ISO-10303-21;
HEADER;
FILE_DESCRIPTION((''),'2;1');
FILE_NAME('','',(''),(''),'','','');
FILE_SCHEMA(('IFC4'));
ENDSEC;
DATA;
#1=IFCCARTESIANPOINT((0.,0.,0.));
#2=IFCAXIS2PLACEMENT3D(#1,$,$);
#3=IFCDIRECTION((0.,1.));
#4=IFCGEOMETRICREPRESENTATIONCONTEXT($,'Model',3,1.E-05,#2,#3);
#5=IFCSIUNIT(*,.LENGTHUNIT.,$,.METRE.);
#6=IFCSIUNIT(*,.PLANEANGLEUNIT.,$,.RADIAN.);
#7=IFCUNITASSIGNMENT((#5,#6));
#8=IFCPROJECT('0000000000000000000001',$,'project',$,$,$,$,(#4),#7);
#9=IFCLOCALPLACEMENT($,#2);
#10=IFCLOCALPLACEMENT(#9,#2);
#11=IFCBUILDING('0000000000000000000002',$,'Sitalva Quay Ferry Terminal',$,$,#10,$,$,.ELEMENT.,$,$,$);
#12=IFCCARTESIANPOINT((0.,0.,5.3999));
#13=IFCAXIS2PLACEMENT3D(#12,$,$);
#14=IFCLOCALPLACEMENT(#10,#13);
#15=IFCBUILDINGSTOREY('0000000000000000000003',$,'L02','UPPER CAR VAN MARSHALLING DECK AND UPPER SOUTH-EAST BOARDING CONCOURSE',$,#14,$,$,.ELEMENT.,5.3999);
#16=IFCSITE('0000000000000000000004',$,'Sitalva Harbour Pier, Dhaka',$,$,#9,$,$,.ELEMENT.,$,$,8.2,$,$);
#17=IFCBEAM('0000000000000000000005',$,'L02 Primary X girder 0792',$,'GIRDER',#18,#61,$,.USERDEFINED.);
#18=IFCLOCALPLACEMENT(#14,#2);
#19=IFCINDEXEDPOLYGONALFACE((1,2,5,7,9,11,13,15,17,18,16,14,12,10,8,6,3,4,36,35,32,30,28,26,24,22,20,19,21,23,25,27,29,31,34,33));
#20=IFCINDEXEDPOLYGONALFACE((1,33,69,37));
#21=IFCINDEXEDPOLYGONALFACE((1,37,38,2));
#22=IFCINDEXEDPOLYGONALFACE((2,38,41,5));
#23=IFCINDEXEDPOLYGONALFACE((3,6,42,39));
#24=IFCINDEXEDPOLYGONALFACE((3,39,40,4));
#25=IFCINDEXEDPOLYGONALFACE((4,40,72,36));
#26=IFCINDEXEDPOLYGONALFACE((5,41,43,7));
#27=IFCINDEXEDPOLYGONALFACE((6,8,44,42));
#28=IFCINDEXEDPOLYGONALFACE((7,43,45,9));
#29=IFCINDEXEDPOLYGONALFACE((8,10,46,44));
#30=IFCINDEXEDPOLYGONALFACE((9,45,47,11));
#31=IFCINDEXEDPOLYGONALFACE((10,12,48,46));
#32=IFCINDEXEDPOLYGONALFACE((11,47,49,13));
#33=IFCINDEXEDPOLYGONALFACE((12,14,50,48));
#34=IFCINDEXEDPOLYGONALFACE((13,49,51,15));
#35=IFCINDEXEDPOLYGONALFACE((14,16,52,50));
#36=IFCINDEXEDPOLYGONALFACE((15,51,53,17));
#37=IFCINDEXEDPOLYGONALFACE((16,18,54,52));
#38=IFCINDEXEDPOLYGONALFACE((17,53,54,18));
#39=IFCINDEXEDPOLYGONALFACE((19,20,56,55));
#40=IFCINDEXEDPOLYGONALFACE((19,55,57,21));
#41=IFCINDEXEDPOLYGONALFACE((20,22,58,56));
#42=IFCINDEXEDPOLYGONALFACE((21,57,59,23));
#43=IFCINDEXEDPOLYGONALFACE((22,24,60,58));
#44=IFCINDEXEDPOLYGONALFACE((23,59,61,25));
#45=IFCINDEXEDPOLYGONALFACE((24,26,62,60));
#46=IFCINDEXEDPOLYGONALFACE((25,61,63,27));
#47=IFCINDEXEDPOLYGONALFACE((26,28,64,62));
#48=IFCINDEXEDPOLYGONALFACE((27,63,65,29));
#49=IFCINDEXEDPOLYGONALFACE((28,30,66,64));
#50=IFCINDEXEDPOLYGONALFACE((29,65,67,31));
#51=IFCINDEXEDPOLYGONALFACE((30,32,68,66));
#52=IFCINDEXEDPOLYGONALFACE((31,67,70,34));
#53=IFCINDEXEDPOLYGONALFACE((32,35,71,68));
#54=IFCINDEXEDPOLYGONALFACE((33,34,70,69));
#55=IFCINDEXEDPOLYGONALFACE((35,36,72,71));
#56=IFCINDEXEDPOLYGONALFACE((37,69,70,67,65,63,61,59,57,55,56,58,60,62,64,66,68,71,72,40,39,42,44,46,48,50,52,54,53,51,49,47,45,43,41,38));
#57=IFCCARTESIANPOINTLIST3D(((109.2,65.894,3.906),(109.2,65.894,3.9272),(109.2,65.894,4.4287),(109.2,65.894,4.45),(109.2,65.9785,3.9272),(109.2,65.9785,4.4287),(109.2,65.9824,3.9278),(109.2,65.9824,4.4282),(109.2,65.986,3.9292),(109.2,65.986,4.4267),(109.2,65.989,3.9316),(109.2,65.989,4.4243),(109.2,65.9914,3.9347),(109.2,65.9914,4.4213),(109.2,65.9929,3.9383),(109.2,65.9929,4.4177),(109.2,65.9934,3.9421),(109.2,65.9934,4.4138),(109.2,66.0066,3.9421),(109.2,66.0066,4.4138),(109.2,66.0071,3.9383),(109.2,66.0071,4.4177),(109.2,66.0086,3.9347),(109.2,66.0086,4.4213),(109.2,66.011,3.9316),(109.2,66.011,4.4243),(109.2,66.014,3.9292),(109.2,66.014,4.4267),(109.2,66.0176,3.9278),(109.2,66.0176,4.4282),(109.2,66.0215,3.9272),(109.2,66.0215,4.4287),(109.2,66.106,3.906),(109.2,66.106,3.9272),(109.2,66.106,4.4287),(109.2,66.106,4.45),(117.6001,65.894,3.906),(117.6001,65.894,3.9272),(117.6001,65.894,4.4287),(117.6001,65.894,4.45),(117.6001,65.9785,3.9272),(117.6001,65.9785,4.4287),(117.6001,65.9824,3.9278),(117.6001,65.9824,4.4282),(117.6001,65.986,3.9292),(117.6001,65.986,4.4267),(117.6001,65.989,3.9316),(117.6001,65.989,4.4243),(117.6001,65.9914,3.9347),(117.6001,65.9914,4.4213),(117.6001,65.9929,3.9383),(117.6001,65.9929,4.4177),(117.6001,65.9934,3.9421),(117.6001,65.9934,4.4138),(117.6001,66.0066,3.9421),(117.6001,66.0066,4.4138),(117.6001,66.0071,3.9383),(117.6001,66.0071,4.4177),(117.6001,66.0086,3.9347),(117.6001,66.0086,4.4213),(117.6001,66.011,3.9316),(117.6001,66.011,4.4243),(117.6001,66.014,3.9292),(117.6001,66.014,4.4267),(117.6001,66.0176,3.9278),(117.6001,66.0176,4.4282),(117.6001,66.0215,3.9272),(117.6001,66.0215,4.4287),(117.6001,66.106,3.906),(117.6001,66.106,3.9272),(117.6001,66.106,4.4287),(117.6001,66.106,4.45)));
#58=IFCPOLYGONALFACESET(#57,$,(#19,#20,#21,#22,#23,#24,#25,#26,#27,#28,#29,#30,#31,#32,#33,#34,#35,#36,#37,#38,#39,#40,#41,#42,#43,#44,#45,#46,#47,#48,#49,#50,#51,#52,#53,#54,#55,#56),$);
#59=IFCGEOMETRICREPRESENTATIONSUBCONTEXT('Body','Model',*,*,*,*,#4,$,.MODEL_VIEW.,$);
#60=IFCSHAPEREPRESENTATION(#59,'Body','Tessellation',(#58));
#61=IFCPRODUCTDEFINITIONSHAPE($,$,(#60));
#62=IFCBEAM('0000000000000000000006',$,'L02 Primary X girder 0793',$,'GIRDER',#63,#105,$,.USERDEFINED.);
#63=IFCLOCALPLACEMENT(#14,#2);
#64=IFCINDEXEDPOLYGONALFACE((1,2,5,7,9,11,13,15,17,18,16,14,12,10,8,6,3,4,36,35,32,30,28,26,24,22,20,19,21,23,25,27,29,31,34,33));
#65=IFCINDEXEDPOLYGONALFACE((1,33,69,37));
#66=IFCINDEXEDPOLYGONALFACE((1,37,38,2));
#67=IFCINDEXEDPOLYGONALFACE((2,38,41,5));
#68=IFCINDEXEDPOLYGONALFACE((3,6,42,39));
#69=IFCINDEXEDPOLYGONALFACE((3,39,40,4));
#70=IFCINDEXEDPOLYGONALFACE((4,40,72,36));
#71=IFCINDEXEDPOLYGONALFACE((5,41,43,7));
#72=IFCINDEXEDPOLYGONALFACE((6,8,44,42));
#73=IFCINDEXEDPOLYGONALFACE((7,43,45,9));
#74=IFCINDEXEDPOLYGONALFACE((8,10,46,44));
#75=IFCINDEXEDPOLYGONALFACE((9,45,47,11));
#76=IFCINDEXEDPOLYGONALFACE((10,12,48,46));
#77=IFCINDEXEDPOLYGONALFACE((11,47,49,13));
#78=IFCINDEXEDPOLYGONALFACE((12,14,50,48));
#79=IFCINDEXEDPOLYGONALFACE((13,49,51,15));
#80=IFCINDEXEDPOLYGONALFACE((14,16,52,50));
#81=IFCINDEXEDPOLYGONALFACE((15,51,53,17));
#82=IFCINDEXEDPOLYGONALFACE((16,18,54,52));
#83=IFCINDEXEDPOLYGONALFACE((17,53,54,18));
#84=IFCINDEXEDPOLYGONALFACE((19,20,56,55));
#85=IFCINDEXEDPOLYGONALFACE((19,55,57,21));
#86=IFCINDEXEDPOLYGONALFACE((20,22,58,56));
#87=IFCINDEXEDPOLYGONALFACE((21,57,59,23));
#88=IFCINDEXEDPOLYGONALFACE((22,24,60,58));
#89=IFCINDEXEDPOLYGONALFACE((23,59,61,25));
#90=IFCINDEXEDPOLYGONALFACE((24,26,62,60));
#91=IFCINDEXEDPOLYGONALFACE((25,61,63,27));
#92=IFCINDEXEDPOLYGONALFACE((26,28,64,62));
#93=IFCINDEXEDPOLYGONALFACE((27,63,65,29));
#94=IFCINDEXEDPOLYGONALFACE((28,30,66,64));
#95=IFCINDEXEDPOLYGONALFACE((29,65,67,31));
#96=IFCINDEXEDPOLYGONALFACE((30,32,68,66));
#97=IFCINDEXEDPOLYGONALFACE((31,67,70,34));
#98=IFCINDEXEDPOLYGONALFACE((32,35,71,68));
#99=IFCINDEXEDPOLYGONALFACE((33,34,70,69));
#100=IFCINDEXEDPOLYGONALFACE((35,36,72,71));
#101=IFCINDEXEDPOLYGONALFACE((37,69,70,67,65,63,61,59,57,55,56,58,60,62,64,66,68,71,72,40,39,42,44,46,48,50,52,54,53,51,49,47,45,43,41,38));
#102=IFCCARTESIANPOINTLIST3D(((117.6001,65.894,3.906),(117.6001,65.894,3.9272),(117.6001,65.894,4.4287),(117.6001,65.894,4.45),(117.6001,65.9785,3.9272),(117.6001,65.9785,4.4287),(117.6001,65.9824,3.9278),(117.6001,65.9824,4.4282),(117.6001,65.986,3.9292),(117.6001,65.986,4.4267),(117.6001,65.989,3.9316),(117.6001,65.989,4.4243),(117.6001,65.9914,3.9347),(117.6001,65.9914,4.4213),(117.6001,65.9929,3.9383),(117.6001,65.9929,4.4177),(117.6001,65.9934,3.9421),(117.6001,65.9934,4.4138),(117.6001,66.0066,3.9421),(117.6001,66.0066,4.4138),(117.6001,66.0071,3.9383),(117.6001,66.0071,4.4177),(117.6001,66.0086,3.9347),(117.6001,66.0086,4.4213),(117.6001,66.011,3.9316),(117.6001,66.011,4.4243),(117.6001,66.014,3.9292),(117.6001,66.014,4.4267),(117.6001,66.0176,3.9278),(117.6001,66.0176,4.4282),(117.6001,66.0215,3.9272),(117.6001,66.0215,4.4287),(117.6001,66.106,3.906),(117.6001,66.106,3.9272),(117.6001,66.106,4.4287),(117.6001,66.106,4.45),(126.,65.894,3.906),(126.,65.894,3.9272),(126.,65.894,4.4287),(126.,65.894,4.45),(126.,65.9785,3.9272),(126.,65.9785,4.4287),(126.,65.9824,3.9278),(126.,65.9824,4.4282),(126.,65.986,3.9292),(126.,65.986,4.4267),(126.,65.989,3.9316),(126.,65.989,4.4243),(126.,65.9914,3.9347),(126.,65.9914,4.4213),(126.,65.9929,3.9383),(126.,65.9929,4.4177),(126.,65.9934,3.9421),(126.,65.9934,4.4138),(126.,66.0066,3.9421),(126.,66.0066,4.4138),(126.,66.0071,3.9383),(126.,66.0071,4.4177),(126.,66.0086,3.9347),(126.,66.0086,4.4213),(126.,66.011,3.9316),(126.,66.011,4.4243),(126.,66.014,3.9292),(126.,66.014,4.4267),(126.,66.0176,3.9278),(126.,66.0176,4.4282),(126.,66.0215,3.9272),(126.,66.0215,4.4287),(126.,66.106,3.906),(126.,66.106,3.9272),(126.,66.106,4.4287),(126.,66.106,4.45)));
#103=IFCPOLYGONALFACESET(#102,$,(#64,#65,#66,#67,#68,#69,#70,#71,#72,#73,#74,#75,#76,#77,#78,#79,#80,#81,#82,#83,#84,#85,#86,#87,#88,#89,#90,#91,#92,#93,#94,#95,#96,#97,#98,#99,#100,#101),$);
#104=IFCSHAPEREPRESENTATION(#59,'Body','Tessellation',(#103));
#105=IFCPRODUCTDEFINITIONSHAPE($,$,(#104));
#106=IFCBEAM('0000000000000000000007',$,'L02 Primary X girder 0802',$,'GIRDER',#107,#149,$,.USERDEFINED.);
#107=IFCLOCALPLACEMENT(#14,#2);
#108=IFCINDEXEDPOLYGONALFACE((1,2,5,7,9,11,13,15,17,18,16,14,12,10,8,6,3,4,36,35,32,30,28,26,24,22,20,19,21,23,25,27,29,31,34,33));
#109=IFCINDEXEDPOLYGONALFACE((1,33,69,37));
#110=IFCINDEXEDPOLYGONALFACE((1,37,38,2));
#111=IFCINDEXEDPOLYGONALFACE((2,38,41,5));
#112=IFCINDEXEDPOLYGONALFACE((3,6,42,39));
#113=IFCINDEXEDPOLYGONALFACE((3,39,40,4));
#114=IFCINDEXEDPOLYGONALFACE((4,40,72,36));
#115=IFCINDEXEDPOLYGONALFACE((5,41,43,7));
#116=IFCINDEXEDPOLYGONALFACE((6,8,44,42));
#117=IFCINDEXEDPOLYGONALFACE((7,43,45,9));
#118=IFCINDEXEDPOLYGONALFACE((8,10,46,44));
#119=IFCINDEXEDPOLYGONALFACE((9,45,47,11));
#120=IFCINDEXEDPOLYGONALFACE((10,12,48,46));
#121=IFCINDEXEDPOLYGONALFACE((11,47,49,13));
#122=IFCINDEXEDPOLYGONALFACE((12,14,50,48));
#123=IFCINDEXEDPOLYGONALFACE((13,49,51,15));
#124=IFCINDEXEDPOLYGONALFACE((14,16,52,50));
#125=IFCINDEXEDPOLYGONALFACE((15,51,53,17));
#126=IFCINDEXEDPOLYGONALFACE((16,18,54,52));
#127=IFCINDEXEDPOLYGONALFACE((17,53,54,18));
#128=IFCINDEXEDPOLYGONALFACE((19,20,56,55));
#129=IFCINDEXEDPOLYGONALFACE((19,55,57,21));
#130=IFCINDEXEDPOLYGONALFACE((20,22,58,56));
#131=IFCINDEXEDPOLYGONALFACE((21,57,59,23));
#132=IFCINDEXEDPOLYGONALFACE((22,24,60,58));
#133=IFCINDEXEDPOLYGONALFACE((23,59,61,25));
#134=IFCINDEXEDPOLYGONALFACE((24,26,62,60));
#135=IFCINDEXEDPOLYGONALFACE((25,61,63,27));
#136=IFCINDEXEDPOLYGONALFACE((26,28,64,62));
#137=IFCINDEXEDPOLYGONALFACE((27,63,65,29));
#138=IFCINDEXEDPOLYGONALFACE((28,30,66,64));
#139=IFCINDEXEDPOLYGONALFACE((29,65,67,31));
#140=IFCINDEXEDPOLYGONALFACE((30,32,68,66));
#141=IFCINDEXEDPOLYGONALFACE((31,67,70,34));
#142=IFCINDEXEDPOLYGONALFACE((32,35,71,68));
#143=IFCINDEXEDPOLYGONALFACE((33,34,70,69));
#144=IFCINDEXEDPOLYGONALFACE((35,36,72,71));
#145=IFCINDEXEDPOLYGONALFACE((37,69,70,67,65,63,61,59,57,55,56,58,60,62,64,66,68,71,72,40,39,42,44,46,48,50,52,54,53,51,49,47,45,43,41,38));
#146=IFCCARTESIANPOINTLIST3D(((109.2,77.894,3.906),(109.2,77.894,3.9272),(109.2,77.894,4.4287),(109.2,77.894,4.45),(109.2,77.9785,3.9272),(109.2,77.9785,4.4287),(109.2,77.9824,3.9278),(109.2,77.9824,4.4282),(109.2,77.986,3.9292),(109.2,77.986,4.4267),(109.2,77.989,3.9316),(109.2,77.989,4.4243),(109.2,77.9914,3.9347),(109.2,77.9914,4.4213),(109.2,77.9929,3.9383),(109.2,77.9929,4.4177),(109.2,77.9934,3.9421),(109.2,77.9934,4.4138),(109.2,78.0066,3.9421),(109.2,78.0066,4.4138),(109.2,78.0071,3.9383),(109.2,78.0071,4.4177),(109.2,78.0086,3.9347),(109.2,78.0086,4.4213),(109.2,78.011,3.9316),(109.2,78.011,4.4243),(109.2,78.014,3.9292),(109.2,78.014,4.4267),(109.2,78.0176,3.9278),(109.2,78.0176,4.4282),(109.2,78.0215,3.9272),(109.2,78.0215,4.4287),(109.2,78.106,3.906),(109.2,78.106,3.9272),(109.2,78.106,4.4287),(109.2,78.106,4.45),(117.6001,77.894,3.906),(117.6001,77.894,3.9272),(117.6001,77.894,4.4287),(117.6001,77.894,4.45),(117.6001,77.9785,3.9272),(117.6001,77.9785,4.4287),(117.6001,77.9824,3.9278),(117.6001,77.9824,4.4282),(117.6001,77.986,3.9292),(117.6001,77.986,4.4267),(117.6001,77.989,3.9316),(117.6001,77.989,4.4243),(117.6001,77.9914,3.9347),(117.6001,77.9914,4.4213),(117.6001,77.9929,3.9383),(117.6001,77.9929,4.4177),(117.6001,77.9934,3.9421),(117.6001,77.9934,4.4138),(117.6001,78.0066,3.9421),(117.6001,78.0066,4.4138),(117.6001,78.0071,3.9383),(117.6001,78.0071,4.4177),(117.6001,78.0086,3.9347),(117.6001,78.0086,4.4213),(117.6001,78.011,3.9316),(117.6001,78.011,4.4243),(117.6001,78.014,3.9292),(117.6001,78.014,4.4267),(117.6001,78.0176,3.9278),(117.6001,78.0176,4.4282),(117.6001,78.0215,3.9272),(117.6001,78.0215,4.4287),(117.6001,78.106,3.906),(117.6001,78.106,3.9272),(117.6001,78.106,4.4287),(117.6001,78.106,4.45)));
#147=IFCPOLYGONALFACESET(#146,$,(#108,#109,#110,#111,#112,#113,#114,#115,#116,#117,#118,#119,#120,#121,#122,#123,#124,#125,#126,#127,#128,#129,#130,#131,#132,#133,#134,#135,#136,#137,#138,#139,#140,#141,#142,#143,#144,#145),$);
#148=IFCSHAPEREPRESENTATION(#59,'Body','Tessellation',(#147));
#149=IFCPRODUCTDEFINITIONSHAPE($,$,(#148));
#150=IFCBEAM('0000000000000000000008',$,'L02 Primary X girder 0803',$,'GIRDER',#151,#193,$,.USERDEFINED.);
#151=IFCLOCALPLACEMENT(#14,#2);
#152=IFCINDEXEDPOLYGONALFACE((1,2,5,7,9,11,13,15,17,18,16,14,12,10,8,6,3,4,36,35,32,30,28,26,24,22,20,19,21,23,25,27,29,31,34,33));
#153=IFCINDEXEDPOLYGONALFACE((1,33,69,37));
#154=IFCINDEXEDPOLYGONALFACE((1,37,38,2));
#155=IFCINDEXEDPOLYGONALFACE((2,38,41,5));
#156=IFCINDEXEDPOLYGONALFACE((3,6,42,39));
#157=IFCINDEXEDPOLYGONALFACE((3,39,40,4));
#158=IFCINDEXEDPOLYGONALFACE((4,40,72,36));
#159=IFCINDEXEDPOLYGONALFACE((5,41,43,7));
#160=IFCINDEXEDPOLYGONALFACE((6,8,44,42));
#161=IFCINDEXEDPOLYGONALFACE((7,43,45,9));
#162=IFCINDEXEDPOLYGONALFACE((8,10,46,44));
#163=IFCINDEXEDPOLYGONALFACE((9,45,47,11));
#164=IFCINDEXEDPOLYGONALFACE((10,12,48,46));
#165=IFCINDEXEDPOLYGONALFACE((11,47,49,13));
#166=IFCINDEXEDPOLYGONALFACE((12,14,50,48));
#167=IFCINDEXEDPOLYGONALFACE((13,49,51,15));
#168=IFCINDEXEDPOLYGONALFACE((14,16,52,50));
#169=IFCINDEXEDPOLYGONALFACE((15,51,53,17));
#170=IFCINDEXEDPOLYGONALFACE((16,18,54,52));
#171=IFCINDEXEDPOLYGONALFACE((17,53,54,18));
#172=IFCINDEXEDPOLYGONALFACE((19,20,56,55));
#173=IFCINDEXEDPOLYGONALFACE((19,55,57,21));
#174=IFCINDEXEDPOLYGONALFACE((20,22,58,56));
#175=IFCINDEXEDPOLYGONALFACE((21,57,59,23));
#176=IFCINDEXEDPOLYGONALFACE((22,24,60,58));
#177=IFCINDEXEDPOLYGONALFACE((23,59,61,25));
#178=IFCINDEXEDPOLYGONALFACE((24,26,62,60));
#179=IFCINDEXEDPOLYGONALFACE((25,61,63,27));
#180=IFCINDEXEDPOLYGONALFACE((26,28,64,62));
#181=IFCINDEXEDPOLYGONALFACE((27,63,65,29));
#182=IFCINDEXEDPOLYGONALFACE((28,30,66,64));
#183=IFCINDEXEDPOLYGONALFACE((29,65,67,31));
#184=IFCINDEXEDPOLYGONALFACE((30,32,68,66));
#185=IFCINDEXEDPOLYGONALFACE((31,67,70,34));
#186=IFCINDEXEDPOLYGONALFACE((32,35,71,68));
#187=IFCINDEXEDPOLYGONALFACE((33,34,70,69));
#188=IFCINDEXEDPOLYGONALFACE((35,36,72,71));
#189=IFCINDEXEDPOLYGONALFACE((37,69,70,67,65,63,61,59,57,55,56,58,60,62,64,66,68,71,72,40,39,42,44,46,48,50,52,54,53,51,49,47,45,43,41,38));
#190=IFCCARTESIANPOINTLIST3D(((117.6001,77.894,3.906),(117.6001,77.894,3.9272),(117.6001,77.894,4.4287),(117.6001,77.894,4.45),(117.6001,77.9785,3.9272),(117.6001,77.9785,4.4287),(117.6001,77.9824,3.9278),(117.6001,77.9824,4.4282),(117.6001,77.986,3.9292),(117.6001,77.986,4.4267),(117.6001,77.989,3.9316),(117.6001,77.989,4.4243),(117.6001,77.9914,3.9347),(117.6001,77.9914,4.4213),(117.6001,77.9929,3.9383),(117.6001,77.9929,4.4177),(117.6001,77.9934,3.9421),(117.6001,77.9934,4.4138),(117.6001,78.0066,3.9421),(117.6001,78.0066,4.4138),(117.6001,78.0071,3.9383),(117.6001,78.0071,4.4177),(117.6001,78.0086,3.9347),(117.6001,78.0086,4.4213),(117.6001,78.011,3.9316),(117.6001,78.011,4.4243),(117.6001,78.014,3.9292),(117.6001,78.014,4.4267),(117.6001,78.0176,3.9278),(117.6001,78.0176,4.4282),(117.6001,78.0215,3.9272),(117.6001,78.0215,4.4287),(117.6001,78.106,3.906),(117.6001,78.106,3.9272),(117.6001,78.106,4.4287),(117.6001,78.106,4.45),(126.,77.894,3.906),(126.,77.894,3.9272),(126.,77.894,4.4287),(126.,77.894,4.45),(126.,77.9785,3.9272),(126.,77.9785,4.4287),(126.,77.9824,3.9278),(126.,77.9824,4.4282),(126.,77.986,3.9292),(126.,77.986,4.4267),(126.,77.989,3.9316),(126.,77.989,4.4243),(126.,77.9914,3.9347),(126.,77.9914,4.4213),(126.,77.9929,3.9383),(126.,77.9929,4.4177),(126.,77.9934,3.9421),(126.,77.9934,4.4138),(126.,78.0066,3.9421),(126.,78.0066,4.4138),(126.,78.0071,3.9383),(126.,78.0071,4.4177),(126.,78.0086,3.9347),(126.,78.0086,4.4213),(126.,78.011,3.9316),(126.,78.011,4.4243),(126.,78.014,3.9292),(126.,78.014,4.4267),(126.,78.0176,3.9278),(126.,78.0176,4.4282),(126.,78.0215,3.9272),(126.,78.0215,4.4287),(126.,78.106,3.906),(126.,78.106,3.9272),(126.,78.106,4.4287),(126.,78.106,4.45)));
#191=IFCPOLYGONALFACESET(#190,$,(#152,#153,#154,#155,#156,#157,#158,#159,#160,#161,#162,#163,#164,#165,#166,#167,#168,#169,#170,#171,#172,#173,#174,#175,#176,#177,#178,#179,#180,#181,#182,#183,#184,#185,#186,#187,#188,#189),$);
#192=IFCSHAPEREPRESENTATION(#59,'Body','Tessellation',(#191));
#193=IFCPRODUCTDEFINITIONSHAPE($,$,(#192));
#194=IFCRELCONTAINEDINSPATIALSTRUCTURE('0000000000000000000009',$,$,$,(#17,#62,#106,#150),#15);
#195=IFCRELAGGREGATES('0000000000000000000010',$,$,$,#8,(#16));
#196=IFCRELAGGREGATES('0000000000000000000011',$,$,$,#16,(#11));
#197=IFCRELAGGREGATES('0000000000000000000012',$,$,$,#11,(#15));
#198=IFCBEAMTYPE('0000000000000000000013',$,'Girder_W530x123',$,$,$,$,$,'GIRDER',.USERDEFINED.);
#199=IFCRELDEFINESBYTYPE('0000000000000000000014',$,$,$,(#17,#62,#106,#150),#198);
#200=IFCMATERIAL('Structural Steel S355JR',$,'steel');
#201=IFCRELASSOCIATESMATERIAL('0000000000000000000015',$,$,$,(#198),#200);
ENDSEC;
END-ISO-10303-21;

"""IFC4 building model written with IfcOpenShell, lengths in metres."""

from ifc_helpers import new_model, si_unit, direction, frame, origin, origin_2d, place, context, subcontext, project, spatial, i_section, extrude, material, material_profile, profile_set, type_object, element, save


model = new_model("IFC4")

# Units and contexts
model_context = context("Model", 3, precision=1e-05, world=origin(), true_north=direction((0.0, 1.0)))
body_context = subcontext(model_context, "Body", "Model", "MODEL_VIEW")
ifc_project = project(units=[si_unit("LENGTHUNIT", "METRE"), si_unit("PLANEANGLEUNIT", "RADIAN")], contexts=[model_context])

# Site, building, storey
site_placement = place(None, origin())
site = spatial("IfcSite", under=ifc_project, at=site_placement, Name="Sitalva Harbour Pier, Dhaka", CompositionType="ELEMENT", RefElevation=8.2)
building_placement = place(site_placement, origin())
building = spatial("IfcBuilding", under=site, at=building_placement, Name="Sitalva Quay Ferry Terminal", CompositionType="ELEMENT")
storey_placement = place(building_placement, frame((0.0, 0.0, 5.3999)))
storey = spatial("IfcBuildingStorey", under=building, at=storey_placement, Name="L02", Description="UPPER CAR VAN MARSHALLING DECK AND UPPER SOUTH-EAST BOARDING CONCOURSE", CompositionType="ELEMENT", Elevation=5.3999)

# Beams
ifc_material_1 = material(Name="Structural Steel S355JR", Category="steel")
ifc_material_profile_1 = material_profile(ifc_material_1, i_section(OverallWidth=0.2119, OverallDepth=0.5439, WebThickness=0.0132, FlangeThickness=0.0212, FilletRadius=0.0149, at=origin_2d()), Name="W530x123")
ifc_profile_set_1 = profile_set([ifc_material_profile_1], Name="Structural Steel S355JR")
beam_type_1 = type_object("IfcBeamType", Name="Girder_W530x123", ElementType="GIRDER", PredefinedType="USERDEFINED", material=ifc_profile_set_1)
beam_1_placement = place(storey_placement, frame((109.2, 66.0, 4.178), z_axis=(1.0, 0.0, 0.0), x_axis=(0.0, 1.0, 0.0)))
element("IfcBeam", 1, at=beam_1_placement, inside=storey, type_object=beam_type_1, Name="L02 Primary X girder 0792", ObjectType="GIRDER", PredefinedType="USERDEFINED", context=body_context, shape_type="SweptSolid", body=[
    extrude(i_section(OverallWidth=0.2119, OverallDepth=0.5439, WebThickness=0.0132, FlangeThickness=0.0212, FilletRadius=0.0149, at=origin_2d()), origin(), (0.0, 0.0, 1.0), 8.4001),
])
beam_2_placement = place(storey_placement, frame((117.6001, 66.0, 4.178), z_axis=(1.0, 0.0, 0.0), x_axis=(0.0, 1.0, 0.0)))
element("IfcBeam", 2, at=beam_2_placement, inside=storey, type_object=beam_type_1, Name="L02 Primary X girder 0793", ObjectType="GIRDER", PredefinedType="USERDEFINED", context=body_context, shape_type="SweptSolid", body=[
    extrude(i_section(OverallWidth=0.2119, OverallDepth=0.5439, WebThickness=0.0132, FlangeThickness=0.0212, FilletRadius=0.0149, at=origin_2d()), origin(), (0.0, 0.0, 1.0), 8.3999),
])
beam_3_placement = place(storey_placement, frame((109.2, 78.0, 4.178), z_axis=(1.0, 0.0, 0.0), x_axis=(0.0, 1.0, 0.0)))
element("IfcBeam", 3, at=beam_3_placement, inside=storey, type_object=beam_type_1, Name="L02 Primary X girder 0802", ObjectType="GIRDER", PredefinedType="USERDEFINED", context=body_context, shape_type="SweptSolid", body=[
    extrude(i_section(OverallWidth=0.2119, OverallDepth=0.5439, WebThickness=0.0132, FlangeThickness=0.0212, FilletRadius=0.0149, at=origin_2d()), origin(), (0.0, 0.0, 1.0), 8.4001),
])
beam_4_placement = place(storey_placement, frame((117.6001, 78.0, 4.178), z_axis=(1.0, 0.0, 0.0), x_axis=(0.0, 1.0, 0.0)))
element("IfcBeam", 4, at=beam_4_placement, inside=storey, type_object=beam_type_1, Name="L02 Primary X girder 0803", ObjectType="GIRDER", PredefinedType="USERDEFINED", context=body_context, shape_type="SweptSolid", body=[
    extrude(i_section(OverallWidth=0.2119, OverallDepth=0.5439, WebThickness=0.0132, FlangeThickness=0.0212, FilletRadius=0.0149, at=origin_2d()), origin(), (0.0, 0.0, 1.0), 8.3999),
])

save(model, "model.ifc")
